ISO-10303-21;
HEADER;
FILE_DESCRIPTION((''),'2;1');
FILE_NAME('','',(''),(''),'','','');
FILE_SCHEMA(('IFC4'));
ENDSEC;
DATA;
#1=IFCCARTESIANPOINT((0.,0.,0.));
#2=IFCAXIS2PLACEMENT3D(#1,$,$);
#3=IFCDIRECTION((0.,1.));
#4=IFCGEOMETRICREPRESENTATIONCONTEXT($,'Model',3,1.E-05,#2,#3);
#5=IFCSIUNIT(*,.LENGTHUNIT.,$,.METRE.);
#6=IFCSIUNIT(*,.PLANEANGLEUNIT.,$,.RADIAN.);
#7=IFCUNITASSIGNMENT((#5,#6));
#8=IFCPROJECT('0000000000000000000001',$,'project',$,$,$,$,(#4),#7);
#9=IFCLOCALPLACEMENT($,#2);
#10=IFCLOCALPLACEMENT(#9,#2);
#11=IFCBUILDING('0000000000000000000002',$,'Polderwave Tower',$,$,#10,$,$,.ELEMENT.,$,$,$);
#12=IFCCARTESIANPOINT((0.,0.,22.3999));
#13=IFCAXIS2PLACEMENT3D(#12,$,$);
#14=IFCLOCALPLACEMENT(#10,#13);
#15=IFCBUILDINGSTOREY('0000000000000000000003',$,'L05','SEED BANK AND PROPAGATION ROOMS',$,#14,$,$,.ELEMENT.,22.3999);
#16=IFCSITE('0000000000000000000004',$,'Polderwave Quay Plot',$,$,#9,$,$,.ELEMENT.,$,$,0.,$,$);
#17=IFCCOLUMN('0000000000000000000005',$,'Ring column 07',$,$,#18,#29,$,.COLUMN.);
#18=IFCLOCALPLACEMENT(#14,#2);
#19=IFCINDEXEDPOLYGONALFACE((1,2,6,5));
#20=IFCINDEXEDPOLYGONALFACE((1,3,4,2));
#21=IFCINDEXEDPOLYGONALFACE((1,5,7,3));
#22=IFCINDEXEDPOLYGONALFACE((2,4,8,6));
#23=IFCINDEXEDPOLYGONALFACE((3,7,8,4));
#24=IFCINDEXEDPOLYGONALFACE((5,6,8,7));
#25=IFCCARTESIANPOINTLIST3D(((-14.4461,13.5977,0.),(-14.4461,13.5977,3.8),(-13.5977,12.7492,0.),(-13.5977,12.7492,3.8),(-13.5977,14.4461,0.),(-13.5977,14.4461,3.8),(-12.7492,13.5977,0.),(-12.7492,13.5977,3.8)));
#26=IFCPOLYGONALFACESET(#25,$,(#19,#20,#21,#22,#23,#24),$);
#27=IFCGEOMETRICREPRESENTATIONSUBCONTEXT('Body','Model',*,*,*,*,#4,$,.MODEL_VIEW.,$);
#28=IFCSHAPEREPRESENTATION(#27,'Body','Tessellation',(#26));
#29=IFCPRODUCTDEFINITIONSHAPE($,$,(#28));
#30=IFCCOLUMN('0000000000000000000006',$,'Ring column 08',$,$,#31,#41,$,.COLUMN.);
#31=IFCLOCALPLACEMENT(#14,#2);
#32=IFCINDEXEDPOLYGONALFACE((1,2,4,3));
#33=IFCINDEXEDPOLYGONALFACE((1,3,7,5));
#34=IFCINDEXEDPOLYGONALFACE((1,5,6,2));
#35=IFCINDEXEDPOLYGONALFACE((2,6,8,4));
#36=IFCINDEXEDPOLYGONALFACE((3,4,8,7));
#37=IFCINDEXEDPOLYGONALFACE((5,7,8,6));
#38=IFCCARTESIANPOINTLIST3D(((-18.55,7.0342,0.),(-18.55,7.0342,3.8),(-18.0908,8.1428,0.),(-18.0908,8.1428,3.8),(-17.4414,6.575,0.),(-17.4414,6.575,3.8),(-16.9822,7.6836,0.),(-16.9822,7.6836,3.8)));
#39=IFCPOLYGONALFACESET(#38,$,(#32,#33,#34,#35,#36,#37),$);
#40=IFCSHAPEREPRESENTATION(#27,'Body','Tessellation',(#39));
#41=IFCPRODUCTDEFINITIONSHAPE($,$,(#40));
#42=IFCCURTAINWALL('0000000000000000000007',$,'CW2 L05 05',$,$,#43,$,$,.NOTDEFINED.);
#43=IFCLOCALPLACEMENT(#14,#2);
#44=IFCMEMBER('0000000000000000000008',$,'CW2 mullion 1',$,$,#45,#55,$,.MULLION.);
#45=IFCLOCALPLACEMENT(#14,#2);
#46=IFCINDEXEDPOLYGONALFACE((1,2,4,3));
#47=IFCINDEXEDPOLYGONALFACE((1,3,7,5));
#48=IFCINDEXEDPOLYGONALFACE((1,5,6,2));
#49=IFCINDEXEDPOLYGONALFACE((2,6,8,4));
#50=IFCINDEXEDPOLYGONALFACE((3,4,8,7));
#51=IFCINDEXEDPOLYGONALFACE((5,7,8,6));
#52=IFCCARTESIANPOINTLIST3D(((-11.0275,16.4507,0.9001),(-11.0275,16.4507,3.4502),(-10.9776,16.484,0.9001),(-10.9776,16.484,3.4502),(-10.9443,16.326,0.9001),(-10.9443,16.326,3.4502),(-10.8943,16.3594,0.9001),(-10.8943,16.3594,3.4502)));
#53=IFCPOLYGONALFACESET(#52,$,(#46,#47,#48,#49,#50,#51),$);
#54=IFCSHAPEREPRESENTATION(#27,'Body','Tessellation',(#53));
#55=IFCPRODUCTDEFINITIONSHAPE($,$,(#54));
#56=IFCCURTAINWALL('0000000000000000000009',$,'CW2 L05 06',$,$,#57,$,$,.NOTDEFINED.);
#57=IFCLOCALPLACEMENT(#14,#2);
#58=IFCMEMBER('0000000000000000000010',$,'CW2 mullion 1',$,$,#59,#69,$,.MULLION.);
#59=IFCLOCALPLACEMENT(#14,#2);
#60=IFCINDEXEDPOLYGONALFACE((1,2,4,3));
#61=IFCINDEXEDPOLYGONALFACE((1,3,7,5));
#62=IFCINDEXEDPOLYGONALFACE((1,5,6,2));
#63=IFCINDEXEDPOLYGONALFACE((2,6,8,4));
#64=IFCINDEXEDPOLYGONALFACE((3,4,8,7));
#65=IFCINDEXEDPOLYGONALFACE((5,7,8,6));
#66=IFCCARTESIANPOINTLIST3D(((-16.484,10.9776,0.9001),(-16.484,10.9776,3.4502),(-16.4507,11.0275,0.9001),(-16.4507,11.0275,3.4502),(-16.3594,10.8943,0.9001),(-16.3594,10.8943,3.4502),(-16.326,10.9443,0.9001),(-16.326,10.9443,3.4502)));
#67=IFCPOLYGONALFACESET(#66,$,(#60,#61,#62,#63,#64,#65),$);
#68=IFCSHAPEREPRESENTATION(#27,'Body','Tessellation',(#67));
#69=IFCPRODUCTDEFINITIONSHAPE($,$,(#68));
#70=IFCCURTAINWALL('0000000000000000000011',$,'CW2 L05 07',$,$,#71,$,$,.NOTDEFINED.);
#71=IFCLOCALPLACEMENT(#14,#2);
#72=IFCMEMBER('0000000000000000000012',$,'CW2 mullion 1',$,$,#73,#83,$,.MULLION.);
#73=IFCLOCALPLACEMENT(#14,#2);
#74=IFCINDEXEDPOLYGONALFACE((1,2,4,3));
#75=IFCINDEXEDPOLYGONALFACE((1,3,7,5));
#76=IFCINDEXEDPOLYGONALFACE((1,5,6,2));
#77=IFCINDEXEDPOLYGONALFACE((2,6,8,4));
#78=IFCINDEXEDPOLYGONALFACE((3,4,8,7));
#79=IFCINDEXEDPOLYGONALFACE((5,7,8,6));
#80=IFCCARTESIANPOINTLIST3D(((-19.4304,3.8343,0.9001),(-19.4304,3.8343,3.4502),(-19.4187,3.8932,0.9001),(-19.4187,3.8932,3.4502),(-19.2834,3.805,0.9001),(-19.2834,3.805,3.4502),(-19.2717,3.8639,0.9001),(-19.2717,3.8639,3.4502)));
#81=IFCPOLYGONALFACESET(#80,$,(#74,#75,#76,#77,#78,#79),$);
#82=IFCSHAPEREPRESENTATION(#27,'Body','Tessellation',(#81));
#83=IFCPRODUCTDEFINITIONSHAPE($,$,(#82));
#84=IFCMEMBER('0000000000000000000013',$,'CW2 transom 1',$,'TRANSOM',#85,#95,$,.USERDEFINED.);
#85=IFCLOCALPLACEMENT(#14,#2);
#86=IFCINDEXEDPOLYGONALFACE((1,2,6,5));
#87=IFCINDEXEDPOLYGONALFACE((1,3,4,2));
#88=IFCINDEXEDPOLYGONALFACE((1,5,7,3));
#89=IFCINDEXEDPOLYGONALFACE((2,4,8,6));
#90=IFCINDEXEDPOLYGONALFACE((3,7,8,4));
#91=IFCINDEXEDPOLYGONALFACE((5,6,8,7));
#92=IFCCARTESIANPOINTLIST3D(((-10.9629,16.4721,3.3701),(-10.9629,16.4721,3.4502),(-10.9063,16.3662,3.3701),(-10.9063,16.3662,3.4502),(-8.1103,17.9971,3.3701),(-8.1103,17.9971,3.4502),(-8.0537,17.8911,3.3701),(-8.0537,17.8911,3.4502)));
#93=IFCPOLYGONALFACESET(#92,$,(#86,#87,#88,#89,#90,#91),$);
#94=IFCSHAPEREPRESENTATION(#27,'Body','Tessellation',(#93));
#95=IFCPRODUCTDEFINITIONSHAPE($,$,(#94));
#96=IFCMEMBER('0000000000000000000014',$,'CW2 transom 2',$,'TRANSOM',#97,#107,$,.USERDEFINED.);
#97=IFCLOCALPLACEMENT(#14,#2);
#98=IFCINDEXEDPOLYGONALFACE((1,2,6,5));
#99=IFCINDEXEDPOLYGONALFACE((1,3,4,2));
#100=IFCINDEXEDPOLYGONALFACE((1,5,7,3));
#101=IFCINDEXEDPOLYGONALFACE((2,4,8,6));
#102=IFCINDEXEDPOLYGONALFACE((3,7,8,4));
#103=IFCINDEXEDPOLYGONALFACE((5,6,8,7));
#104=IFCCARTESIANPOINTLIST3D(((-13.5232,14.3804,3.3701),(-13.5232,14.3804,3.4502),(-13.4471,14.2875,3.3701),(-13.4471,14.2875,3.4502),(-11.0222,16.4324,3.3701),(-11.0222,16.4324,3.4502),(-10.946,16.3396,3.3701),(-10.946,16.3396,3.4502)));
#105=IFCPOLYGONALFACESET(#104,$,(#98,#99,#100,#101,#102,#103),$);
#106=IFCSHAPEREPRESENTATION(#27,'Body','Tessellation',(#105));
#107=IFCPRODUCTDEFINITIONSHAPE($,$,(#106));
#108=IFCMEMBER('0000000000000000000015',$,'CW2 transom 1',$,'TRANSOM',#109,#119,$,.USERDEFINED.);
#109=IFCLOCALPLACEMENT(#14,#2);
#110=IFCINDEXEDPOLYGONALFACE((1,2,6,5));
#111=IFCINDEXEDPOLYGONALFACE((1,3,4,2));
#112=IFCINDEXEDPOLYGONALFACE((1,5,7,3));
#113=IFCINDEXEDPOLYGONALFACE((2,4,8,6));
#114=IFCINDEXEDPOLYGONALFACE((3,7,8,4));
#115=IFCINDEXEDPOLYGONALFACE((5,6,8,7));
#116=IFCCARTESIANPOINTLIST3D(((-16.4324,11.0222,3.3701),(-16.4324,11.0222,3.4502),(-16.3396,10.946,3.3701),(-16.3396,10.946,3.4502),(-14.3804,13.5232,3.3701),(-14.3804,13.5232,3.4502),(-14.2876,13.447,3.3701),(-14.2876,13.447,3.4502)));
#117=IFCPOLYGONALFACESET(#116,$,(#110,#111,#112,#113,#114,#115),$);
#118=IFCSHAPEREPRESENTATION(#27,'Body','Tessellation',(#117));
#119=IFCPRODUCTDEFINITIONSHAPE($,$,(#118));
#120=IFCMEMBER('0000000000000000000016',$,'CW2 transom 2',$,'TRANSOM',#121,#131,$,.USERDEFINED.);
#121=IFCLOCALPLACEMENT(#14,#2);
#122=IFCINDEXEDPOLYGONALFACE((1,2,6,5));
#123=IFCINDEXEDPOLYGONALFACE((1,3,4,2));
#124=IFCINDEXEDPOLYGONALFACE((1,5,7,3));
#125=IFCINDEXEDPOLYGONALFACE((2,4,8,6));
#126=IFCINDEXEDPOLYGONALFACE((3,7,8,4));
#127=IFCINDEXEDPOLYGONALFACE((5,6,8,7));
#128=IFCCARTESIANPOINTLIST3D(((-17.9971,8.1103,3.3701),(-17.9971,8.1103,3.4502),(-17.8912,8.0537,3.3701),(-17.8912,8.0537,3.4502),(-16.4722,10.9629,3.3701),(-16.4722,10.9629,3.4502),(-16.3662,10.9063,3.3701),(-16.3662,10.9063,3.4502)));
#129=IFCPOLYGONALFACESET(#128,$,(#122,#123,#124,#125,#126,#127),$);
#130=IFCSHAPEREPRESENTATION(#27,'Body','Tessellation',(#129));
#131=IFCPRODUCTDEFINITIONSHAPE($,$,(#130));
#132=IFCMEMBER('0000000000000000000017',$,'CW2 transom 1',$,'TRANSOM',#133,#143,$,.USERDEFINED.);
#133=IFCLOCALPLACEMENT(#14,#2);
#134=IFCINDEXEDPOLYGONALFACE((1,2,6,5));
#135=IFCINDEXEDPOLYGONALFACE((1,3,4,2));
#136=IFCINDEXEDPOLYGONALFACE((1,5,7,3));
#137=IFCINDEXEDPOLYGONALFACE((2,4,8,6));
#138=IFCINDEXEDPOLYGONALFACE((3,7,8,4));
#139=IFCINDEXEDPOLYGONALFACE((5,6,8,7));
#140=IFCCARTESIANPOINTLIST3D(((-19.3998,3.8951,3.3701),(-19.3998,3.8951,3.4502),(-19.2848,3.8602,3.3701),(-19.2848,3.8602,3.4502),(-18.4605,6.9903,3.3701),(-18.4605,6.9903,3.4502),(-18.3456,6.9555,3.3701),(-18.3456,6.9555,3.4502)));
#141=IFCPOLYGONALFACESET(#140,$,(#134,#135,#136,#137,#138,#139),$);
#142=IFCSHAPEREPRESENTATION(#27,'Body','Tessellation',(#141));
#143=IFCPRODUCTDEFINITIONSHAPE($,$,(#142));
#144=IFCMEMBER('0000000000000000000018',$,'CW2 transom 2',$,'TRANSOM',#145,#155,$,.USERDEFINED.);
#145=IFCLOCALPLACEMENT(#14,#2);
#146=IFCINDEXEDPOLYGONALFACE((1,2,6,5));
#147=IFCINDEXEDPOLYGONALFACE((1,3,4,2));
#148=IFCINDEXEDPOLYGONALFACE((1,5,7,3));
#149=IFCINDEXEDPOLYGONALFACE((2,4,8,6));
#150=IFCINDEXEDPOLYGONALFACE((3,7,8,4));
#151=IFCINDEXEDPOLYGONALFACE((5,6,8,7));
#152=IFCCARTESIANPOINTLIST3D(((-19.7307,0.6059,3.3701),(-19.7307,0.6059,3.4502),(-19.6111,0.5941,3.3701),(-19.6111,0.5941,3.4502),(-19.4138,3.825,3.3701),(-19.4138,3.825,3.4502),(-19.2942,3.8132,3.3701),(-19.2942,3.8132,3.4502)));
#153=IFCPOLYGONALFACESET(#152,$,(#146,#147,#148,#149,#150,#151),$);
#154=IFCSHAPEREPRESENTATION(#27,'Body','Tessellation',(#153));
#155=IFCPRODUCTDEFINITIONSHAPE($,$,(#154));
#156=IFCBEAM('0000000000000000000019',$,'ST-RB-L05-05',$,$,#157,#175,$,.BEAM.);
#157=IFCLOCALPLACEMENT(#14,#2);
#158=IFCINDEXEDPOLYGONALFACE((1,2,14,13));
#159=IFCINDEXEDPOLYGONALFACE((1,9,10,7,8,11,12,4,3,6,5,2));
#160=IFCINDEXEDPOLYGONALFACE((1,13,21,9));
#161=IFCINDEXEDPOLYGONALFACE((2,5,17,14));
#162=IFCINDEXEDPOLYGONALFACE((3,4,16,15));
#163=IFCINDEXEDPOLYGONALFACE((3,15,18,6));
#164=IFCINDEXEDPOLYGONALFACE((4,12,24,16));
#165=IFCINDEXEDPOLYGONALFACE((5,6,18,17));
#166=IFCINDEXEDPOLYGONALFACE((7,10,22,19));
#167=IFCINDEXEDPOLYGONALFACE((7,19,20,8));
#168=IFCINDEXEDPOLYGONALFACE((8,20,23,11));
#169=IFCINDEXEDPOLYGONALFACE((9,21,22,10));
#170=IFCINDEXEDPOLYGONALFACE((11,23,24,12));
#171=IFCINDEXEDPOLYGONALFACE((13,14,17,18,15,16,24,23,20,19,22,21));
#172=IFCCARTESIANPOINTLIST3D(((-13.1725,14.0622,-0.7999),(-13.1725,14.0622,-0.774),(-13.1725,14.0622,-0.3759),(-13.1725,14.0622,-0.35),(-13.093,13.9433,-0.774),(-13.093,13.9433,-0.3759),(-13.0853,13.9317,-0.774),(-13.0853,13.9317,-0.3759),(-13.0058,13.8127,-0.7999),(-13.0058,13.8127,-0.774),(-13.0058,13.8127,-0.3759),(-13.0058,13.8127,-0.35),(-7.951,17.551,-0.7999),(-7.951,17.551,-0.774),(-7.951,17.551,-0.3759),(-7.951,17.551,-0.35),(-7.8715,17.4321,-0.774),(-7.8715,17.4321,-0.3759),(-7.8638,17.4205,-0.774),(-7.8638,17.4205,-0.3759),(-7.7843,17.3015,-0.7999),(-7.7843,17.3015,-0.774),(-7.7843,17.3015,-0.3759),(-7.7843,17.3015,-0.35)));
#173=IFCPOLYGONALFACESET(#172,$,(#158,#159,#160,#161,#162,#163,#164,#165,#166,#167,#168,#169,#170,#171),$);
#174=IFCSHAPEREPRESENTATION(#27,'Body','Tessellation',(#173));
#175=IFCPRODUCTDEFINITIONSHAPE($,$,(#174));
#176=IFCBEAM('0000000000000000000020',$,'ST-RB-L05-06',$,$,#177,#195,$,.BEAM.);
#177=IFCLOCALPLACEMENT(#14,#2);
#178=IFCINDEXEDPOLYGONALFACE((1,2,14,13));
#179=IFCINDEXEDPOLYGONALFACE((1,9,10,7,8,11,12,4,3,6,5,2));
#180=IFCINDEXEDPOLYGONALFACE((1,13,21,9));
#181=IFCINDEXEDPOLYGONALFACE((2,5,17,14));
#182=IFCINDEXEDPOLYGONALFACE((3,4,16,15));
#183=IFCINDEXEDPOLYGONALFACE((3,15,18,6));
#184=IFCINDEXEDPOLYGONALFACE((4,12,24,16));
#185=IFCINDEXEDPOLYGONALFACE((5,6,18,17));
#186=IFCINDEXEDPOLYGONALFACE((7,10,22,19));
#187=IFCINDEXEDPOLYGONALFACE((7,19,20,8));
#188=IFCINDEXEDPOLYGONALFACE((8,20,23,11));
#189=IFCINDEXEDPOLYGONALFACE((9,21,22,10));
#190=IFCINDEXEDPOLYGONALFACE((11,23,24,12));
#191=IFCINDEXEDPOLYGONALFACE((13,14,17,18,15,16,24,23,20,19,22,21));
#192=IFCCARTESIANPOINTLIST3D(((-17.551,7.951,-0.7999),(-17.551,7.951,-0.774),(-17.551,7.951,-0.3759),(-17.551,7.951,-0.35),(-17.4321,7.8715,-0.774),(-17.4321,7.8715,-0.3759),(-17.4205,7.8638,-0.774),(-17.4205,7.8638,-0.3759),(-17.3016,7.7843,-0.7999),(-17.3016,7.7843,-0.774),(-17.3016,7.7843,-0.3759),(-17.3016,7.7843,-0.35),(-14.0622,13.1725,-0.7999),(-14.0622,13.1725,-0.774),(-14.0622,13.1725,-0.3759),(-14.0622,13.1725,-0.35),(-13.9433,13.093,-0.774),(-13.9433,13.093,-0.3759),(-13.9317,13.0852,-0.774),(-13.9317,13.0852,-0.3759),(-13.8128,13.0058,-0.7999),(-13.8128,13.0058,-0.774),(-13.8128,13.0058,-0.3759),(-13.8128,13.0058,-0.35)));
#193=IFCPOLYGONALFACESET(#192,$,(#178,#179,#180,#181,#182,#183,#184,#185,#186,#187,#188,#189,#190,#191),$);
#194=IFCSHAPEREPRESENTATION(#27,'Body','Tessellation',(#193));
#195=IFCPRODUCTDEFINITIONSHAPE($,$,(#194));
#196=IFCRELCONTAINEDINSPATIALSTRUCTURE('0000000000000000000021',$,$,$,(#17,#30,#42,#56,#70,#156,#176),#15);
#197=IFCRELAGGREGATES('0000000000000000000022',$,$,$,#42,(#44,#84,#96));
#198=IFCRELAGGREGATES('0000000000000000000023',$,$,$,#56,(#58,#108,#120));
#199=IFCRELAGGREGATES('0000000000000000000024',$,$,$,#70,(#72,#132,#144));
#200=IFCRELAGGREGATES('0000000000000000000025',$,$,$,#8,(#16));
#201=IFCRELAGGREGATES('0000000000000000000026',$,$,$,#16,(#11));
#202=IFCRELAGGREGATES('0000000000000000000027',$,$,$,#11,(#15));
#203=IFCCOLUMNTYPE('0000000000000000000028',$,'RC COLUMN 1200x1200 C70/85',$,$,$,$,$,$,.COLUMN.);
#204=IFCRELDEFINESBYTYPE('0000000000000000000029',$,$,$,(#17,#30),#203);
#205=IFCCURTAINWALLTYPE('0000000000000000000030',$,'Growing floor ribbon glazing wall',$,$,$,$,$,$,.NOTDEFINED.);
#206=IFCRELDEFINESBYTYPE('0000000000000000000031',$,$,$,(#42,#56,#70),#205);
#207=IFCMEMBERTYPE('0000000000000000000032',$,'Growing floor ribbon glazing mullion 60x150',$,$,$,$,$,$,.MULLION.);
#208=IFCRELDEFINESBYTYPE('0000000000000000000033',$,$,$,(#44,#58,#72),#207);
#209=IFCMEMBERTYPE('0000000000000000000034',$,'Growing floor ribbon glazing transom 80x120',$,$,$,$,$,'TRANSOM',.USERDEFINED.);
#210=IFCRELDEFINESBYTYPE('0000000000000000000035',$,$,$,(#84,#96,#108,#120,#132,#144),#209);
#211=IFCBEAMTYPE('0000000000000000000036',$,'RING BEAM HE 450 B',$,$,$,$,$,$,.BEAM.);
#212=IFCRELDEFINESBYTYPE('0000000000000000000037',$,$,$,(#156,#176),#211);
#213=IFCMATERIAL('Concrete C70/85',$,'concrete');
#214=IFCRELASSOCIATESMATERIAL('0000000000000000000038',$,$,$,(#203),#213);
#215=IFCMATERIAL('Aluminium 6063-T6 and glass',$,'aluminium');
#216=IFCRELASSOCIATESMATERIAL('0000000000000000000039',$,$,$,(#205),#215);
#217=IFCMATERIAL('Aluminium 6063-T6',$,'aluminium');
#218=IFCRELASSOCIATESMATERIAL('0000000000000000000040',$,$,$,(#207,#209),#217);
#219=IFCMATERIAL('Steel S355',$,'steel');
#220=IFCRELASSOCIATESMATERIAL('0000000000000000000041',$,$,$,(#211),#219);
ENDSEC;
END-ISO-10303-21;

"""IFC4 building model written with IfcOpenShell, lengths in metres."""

from ifc_helpers import new_model, si_unit, direction, frame, origin, origin_2d, place, context, subcontext, project, spatial, rectangle, i_section, extrude, material, material_profile, profile_set, type_object, element, aggregate, save


model = new_model("IFC4")

# Units and contexts
model_context = context("Model", 3, precision=1e-05, world=origin(), true_north=direction((0.0, 1.0)))
body_context = subcontext(model_context, "Body", "Model", "MODEL_VIEW")
ifc_project = project(units=[si_unit("LENGTHUNIT", "METRE"), si_unit("PLANEANGLEUNIT", "RADIAN")], contexts=[model_context])

# Site, building, storey
site_placement = place(None, origin())
site = spatial("IfcSite", under=ifc_project, at=site_placement, Name="Polderwave Quay Plot", CompositionType="ELEMENT", RefElevation=0.0)
building_placement = place(site_placement, origin())
building = spatial("IfcBuilding", under=site, at=building_placement, Name="Polderwave Tower", CompositionType="ELEMENT")
storey_placement = place(building_placement, frame((0.0, 0.0, 22.3999)))
storey = spatial("IfcBuildingStorey", under=building, at=storey_placement, Name="L05", Description="SEED BANK AND PROPAGATION ROOMS", CompositionType="ELEMENT", Elevation=22.3999)

# Columns
ifc_material_1 = material(Name="Concrete C70/85", Category="concrete")
ifc_material_profile_1 = material_profile(ifc_material_1, rectangle(XDim=1.2, YDim=1.2, at=origin_2d()), Name="RC 1200x1200")
ifc_profile_set_1 = profile_set([ifc_material_profile_1], Name="Concrete C70/85")
column_type = type_object("IfcColumnType", Name="RC COLUMN 1200x1200 C70/85", PredefinedType="COLUMN", material=ifc_profile_set_1)
for number, where, z_axis, x_axis, name in (
    (1, (-13.5977, 13.5977, 0.0), (0.0, 0.0, 1.0), (-0.707107, 0.707107, 0.0), "Ring column 07"),
    (2, (-17.7661, 7.3589, 0.0), (0.0, 0.0, 1.0), (-0.92388, 0.382683, 0.0), "Ring column 08"),
):
    element("IfcColumn", number, at=place(storey_placement, frame(where, z_axis=z_axis, x_axis=x_axis)), inside=storey, type_object=column_type, Name=name, PredefinedType="COLUMN", context=body_context, shape_type="SweptSolid", body=[
        extrude(rectangle(XDim=1.2, YDim=1.2, at=origin_2d()), origin(), (0.0, 0.0, 1.0), 3.8),
    ])

# Curtain walls, members
ifc_material_2 = material(Name="Aluminium 6063-T6 and glass", Category="aluminium")
curtain_wall_type = type_object("IfcCurtainWallType", Name="Growing floor ribbon glazing wall", PredefinedType="NOTDEFINED", material=ifc_material_2)
curtain_wall_1_placement = place(storey_placement, origin())
curtain_wall_1 = element("IfcCurtainWall", 3, at=curtain_wall_1_placement, inside=storey, type_object=curtain_wall_type, Name="CW2 L05 05", PredefinedType="NOTDEFINED")
ifc_material_3 = material(Name="Aluminium 6063-T6", Category="aluminium")
ifc_material_profile_2 = material_profile(ifc_material_3, rectangle(XDim=0.1499, YDim=0.0601, at=origin_2d()), Name="AL 60x150")
ifc_profile_set_2 = profile_set([ifc_material_profile_2], Name="Aluminium 6063-T6")
member_type_1 = type_object("IfcMemberType", Name="Growing floor ribbon glazing mullion 60x150", PredefinedType="MULLION", material=ifc_profile_set_2)
member_1_placement = place(storey_placement, frame((-10.9609, 16.405, 0.9001), z_axis=(0.0, 0.0, 1.0), x_axis=(0.555547, -0.831485, 0.0)))
member_1 = element("IfcMember", 4, at=member_1_placement, type_object=member_type_1, Name="CW2 mullion 1", PredefinedType="MULLION", context=body_context, shape_type="SweptSolid", body=[
    extrude(rectangle(XDim=0.1499, YDim=0.0601, at=origin_2d()), origin(), (0.0, 0.0, 1.0), 2.55),
])
curtain_wall_2_placement = place(storey_placement, origin())
curtain_wall_2 = element("IfcCurtainWall", 5, at=curtain_wall_2_placement, inside=storey, type_object=curtain_wall_type, Name="CW2 L05 06", PredefinedType="NOTDEFINED")
member_2_placement = place(storey_placement, frame((-16.405, 10.9609, 0.9001), z_axis=(0.0, 0.0, 1.0), x_axis=(0.831485, -0.555547, 0.0)))
member_2 = element("IfcMember", 6, at=member_2_placement, type_object=member_type_1, Name="CW2 mullion 1", PredefinedType="MULLION", context=body_context, shape_type="SweptSolid", body=[
    extrude(rectangle(XDim=0.1499, YDim=0.0601, at=origin_2d()), origin(), (0.0, 0.0, 1.0), 2.55),
])
curtain_wall_3_placement = place(storey_placement, origin())
curtain_wall_3 = element("IfcCurtainWall", 7, at=curtain_wall_3_placement, inside=storey, type_object=curtain_wall_type, Name="CW2 L05 07", PredefinedType="NOTDEFINED")
member_3_placement = place(storey_placement, frame((-19.3511, 3.8491, 0.9001), z_axis=(0.0, 0.0, 1.0), x_axis=(0.980775, -0.19514, 0.0)))
member_3 = element("IfcMember", 8, at=member_3_placement, type_object=member_type_1, Name="CW2 mullion 1", PredefinedType="MULLION", context=body_context, shape_type="SweptSolid", body=[
    extrude(rectangle(XDim=0.1499, YDim=0.0601, at=origin_2d()), origin(), (0.0, 0.0, 1.0), 2.55),
])

# Members
ifc_material_profile_3 = material_profile(ifc_material_3, rectangle(XDim=0.1201, YDim=0.0801, at=origin_2d()), Name="AL 80x120")
ifc_profile_set_3 = profile_set([ifc_material_profile_3], Name="Aluminium 6063-T6")
member_type_2 = type_object("IfcMemberType", Name="Growing floor ribbon glazing transom 80x120", ElementType="TRANSOM", PredefinedType="USERDEFINED", material=ifc_profile_set_3)
member_4_placement = place(storey_placement, frame((-8.082, 17.9441, 3.4102), z_axis=(-0.881897, -0.471442, 0.0), x_axis=(0.471442, -0.881897, 0.0)))
member_4 = element("IfcMember", 9, at=member_4_placement, type_object=member_type_2, Name="CW2 transom 1", ObjectType="TRANSOM", PredefinedType="USERDEFINED", context=body_context, shape_type="SweptSolid", body=[
    extrude(rectangle(XDim=0.1201, YDim=0.0801, at=origin_2d()), origin(), (0.0, 0.0, 1.0), 3.2346),
])
member_5_placement = place(storey_placement, frame((-10.9841, 16.386, 3.4102), z_axis=(-0.773086, -0.634302, 0.0), x_axis=(0.634302, -0.773086, 0.0)))
member_5 = element("IfcMember", 10, at=member_5_placement, type_object=member_type_2, Name="CW2 transom 2", ObjectType="TRANSOM", PredefinedType="USERDEFINED", context=body_context, shape_type="SweptSolid", body=[
    extrude(rectangle(XDim=0.1201, YDim=0.0801, at=origin_2d()), origin(), (0.0, 0.0, 1.0), 3.2351),
])
member_6_placement = place(storey_placement, frame((-14.334, 13.4851, 3.4102), z_axis=(-0.634302, -0.773086, 0.0), x_axis=(0.773086, -0.634302, 0.0)))
member_6 = element("IfcMember", 11, at=member_6_placement, type_object=member_type_2, Name="CW2 transom 1", ObjectType="TRANSOM", PredefinedType="USERDEFINED", context=body_context, shape_type="SweptSolid", body=[
    extrude(rectangle(XDim=0.1201, YDim=0.0801, at=origin_2d()), origin(), (0.0, 0.0, 1.0), 3.2351),
])
member_7_placement = place(storey_placement, frame((-16.4192, 10.9346, 3.4102), z_axis=(-0.471442, -0.881897, 0.0), x_axis=(0.881897, -0.471442, 0.0)))
member_7 = element("IfcMember", 12, at=member_7_placement, type_object=member_type_2, Name="CW2 transom 2", ObjectType="TRANSOM", PredefinedType="USERDEFINED", context=body_context, shape_type="SweptSolid", body=[
    extrude(rectangle(XDim=0.1201, YDim=0.0801, at=origin_2d()), origin(), (0.0, 0.0, 1.0), 3.2346),
])
member_8_placement = place(storey_placement, frame((-18.4031, 6.9729, 3.4102), z_axis=(-0.290366, -0.956916, 0.0), x_axis=(0.956916, -0.290366, 0.0)))
member_8 = element("IfcMember", 13, at=member_8_placement, type_object=member_type_2, Name="CW2 transom 1", ObjectType="TRANSOM", PredefinedType="USERDEFINED", context=body_context, shape_type="SweptSolid", body=[
    extrude(rectangle(XDim=0.1201, YDim=0.0801, at=origin_2d()), origin(), (0.0, 0.0, 1.0), 3.2346),
])
member_9_placement = place(storey_placement, frame((-19.354, 3.8191, 3.4102), z_axis=(-0.097972, -0.995189, 0.0), x_axis=(0.995189, -0.097972, 0.0)))
member_9 = element("IfcMember", 14, at=member_9_placement, type_object=member_type_2, Name="CW2 transom 2", ObjectType="TRANSOM", PredefinedType="USERDEFINED", context=body_context, shape_type="SweptSolid", body=[
    extrude(rectangle(XDim=0.1201, YDim=0.0801, at=origin_2d()), origin(), (0.0, 0.0, 1.0), 3.2346),
])

# Beams
ifc_material_4 = material(Name="Steel S355", Category="steel")
ifc_material_profile_4 = material_profile(ifc_material_4, i_section(OverallWidth=0.3, OverallDepth=0.45, WebThickness=0.0139, FlangeThickness=0.0259, at=origin_2d()), Name="HE 450 B")
ifc_profile_set_4 = profile_set([ifc_material_profile_4], Name="Steel S355")
beam_type = type_object("IfcBeamType", Name="RING BEAM HE 450 B", PredefinedType="BEAM", material=ifc_profile_set_4)
for number, where, z_axis, x_axis, name in (
    (15, (-7.8677, 17.4263, -0.575), (-0.831476, -0.555561, 0.0), (0.555561, -0.831476, 0.0), "ST-RB-L05-05"),
    (16, (-13.9375, 13.0891, -0.575), (-0.555561, -0.831476, 0.0), (0.831476, -0.555561, 0.0), "ST-RB-L05-06"),
):
    element("IfcBeam", number, at=place(storey_placement, frame(where, z_axis=z_axis, x_axis=x_axis)), inside=storey, type_object=beam_type, Name=name, PredefinedType="BEAM", context=body_context, shape_type="SweptSolid", body=[
        extrude(i_section(OverallWidth=0.3, OverallDepth=0.45, WebThickness=0.0139, FlangeThickness=0.0259, at=origin_2d()), origin(), (0.0, 0.0, 1.0), 6.2798),
    ])

aggregate(curtain_wall_1, [member_1, member_4, member_5])
aggregate(curtain_wall_2, [member_2, member_6, member_7])
aggregate(curtain_wall_3, [member_3, member_8, member_9])

save(model, "model.ifc")
